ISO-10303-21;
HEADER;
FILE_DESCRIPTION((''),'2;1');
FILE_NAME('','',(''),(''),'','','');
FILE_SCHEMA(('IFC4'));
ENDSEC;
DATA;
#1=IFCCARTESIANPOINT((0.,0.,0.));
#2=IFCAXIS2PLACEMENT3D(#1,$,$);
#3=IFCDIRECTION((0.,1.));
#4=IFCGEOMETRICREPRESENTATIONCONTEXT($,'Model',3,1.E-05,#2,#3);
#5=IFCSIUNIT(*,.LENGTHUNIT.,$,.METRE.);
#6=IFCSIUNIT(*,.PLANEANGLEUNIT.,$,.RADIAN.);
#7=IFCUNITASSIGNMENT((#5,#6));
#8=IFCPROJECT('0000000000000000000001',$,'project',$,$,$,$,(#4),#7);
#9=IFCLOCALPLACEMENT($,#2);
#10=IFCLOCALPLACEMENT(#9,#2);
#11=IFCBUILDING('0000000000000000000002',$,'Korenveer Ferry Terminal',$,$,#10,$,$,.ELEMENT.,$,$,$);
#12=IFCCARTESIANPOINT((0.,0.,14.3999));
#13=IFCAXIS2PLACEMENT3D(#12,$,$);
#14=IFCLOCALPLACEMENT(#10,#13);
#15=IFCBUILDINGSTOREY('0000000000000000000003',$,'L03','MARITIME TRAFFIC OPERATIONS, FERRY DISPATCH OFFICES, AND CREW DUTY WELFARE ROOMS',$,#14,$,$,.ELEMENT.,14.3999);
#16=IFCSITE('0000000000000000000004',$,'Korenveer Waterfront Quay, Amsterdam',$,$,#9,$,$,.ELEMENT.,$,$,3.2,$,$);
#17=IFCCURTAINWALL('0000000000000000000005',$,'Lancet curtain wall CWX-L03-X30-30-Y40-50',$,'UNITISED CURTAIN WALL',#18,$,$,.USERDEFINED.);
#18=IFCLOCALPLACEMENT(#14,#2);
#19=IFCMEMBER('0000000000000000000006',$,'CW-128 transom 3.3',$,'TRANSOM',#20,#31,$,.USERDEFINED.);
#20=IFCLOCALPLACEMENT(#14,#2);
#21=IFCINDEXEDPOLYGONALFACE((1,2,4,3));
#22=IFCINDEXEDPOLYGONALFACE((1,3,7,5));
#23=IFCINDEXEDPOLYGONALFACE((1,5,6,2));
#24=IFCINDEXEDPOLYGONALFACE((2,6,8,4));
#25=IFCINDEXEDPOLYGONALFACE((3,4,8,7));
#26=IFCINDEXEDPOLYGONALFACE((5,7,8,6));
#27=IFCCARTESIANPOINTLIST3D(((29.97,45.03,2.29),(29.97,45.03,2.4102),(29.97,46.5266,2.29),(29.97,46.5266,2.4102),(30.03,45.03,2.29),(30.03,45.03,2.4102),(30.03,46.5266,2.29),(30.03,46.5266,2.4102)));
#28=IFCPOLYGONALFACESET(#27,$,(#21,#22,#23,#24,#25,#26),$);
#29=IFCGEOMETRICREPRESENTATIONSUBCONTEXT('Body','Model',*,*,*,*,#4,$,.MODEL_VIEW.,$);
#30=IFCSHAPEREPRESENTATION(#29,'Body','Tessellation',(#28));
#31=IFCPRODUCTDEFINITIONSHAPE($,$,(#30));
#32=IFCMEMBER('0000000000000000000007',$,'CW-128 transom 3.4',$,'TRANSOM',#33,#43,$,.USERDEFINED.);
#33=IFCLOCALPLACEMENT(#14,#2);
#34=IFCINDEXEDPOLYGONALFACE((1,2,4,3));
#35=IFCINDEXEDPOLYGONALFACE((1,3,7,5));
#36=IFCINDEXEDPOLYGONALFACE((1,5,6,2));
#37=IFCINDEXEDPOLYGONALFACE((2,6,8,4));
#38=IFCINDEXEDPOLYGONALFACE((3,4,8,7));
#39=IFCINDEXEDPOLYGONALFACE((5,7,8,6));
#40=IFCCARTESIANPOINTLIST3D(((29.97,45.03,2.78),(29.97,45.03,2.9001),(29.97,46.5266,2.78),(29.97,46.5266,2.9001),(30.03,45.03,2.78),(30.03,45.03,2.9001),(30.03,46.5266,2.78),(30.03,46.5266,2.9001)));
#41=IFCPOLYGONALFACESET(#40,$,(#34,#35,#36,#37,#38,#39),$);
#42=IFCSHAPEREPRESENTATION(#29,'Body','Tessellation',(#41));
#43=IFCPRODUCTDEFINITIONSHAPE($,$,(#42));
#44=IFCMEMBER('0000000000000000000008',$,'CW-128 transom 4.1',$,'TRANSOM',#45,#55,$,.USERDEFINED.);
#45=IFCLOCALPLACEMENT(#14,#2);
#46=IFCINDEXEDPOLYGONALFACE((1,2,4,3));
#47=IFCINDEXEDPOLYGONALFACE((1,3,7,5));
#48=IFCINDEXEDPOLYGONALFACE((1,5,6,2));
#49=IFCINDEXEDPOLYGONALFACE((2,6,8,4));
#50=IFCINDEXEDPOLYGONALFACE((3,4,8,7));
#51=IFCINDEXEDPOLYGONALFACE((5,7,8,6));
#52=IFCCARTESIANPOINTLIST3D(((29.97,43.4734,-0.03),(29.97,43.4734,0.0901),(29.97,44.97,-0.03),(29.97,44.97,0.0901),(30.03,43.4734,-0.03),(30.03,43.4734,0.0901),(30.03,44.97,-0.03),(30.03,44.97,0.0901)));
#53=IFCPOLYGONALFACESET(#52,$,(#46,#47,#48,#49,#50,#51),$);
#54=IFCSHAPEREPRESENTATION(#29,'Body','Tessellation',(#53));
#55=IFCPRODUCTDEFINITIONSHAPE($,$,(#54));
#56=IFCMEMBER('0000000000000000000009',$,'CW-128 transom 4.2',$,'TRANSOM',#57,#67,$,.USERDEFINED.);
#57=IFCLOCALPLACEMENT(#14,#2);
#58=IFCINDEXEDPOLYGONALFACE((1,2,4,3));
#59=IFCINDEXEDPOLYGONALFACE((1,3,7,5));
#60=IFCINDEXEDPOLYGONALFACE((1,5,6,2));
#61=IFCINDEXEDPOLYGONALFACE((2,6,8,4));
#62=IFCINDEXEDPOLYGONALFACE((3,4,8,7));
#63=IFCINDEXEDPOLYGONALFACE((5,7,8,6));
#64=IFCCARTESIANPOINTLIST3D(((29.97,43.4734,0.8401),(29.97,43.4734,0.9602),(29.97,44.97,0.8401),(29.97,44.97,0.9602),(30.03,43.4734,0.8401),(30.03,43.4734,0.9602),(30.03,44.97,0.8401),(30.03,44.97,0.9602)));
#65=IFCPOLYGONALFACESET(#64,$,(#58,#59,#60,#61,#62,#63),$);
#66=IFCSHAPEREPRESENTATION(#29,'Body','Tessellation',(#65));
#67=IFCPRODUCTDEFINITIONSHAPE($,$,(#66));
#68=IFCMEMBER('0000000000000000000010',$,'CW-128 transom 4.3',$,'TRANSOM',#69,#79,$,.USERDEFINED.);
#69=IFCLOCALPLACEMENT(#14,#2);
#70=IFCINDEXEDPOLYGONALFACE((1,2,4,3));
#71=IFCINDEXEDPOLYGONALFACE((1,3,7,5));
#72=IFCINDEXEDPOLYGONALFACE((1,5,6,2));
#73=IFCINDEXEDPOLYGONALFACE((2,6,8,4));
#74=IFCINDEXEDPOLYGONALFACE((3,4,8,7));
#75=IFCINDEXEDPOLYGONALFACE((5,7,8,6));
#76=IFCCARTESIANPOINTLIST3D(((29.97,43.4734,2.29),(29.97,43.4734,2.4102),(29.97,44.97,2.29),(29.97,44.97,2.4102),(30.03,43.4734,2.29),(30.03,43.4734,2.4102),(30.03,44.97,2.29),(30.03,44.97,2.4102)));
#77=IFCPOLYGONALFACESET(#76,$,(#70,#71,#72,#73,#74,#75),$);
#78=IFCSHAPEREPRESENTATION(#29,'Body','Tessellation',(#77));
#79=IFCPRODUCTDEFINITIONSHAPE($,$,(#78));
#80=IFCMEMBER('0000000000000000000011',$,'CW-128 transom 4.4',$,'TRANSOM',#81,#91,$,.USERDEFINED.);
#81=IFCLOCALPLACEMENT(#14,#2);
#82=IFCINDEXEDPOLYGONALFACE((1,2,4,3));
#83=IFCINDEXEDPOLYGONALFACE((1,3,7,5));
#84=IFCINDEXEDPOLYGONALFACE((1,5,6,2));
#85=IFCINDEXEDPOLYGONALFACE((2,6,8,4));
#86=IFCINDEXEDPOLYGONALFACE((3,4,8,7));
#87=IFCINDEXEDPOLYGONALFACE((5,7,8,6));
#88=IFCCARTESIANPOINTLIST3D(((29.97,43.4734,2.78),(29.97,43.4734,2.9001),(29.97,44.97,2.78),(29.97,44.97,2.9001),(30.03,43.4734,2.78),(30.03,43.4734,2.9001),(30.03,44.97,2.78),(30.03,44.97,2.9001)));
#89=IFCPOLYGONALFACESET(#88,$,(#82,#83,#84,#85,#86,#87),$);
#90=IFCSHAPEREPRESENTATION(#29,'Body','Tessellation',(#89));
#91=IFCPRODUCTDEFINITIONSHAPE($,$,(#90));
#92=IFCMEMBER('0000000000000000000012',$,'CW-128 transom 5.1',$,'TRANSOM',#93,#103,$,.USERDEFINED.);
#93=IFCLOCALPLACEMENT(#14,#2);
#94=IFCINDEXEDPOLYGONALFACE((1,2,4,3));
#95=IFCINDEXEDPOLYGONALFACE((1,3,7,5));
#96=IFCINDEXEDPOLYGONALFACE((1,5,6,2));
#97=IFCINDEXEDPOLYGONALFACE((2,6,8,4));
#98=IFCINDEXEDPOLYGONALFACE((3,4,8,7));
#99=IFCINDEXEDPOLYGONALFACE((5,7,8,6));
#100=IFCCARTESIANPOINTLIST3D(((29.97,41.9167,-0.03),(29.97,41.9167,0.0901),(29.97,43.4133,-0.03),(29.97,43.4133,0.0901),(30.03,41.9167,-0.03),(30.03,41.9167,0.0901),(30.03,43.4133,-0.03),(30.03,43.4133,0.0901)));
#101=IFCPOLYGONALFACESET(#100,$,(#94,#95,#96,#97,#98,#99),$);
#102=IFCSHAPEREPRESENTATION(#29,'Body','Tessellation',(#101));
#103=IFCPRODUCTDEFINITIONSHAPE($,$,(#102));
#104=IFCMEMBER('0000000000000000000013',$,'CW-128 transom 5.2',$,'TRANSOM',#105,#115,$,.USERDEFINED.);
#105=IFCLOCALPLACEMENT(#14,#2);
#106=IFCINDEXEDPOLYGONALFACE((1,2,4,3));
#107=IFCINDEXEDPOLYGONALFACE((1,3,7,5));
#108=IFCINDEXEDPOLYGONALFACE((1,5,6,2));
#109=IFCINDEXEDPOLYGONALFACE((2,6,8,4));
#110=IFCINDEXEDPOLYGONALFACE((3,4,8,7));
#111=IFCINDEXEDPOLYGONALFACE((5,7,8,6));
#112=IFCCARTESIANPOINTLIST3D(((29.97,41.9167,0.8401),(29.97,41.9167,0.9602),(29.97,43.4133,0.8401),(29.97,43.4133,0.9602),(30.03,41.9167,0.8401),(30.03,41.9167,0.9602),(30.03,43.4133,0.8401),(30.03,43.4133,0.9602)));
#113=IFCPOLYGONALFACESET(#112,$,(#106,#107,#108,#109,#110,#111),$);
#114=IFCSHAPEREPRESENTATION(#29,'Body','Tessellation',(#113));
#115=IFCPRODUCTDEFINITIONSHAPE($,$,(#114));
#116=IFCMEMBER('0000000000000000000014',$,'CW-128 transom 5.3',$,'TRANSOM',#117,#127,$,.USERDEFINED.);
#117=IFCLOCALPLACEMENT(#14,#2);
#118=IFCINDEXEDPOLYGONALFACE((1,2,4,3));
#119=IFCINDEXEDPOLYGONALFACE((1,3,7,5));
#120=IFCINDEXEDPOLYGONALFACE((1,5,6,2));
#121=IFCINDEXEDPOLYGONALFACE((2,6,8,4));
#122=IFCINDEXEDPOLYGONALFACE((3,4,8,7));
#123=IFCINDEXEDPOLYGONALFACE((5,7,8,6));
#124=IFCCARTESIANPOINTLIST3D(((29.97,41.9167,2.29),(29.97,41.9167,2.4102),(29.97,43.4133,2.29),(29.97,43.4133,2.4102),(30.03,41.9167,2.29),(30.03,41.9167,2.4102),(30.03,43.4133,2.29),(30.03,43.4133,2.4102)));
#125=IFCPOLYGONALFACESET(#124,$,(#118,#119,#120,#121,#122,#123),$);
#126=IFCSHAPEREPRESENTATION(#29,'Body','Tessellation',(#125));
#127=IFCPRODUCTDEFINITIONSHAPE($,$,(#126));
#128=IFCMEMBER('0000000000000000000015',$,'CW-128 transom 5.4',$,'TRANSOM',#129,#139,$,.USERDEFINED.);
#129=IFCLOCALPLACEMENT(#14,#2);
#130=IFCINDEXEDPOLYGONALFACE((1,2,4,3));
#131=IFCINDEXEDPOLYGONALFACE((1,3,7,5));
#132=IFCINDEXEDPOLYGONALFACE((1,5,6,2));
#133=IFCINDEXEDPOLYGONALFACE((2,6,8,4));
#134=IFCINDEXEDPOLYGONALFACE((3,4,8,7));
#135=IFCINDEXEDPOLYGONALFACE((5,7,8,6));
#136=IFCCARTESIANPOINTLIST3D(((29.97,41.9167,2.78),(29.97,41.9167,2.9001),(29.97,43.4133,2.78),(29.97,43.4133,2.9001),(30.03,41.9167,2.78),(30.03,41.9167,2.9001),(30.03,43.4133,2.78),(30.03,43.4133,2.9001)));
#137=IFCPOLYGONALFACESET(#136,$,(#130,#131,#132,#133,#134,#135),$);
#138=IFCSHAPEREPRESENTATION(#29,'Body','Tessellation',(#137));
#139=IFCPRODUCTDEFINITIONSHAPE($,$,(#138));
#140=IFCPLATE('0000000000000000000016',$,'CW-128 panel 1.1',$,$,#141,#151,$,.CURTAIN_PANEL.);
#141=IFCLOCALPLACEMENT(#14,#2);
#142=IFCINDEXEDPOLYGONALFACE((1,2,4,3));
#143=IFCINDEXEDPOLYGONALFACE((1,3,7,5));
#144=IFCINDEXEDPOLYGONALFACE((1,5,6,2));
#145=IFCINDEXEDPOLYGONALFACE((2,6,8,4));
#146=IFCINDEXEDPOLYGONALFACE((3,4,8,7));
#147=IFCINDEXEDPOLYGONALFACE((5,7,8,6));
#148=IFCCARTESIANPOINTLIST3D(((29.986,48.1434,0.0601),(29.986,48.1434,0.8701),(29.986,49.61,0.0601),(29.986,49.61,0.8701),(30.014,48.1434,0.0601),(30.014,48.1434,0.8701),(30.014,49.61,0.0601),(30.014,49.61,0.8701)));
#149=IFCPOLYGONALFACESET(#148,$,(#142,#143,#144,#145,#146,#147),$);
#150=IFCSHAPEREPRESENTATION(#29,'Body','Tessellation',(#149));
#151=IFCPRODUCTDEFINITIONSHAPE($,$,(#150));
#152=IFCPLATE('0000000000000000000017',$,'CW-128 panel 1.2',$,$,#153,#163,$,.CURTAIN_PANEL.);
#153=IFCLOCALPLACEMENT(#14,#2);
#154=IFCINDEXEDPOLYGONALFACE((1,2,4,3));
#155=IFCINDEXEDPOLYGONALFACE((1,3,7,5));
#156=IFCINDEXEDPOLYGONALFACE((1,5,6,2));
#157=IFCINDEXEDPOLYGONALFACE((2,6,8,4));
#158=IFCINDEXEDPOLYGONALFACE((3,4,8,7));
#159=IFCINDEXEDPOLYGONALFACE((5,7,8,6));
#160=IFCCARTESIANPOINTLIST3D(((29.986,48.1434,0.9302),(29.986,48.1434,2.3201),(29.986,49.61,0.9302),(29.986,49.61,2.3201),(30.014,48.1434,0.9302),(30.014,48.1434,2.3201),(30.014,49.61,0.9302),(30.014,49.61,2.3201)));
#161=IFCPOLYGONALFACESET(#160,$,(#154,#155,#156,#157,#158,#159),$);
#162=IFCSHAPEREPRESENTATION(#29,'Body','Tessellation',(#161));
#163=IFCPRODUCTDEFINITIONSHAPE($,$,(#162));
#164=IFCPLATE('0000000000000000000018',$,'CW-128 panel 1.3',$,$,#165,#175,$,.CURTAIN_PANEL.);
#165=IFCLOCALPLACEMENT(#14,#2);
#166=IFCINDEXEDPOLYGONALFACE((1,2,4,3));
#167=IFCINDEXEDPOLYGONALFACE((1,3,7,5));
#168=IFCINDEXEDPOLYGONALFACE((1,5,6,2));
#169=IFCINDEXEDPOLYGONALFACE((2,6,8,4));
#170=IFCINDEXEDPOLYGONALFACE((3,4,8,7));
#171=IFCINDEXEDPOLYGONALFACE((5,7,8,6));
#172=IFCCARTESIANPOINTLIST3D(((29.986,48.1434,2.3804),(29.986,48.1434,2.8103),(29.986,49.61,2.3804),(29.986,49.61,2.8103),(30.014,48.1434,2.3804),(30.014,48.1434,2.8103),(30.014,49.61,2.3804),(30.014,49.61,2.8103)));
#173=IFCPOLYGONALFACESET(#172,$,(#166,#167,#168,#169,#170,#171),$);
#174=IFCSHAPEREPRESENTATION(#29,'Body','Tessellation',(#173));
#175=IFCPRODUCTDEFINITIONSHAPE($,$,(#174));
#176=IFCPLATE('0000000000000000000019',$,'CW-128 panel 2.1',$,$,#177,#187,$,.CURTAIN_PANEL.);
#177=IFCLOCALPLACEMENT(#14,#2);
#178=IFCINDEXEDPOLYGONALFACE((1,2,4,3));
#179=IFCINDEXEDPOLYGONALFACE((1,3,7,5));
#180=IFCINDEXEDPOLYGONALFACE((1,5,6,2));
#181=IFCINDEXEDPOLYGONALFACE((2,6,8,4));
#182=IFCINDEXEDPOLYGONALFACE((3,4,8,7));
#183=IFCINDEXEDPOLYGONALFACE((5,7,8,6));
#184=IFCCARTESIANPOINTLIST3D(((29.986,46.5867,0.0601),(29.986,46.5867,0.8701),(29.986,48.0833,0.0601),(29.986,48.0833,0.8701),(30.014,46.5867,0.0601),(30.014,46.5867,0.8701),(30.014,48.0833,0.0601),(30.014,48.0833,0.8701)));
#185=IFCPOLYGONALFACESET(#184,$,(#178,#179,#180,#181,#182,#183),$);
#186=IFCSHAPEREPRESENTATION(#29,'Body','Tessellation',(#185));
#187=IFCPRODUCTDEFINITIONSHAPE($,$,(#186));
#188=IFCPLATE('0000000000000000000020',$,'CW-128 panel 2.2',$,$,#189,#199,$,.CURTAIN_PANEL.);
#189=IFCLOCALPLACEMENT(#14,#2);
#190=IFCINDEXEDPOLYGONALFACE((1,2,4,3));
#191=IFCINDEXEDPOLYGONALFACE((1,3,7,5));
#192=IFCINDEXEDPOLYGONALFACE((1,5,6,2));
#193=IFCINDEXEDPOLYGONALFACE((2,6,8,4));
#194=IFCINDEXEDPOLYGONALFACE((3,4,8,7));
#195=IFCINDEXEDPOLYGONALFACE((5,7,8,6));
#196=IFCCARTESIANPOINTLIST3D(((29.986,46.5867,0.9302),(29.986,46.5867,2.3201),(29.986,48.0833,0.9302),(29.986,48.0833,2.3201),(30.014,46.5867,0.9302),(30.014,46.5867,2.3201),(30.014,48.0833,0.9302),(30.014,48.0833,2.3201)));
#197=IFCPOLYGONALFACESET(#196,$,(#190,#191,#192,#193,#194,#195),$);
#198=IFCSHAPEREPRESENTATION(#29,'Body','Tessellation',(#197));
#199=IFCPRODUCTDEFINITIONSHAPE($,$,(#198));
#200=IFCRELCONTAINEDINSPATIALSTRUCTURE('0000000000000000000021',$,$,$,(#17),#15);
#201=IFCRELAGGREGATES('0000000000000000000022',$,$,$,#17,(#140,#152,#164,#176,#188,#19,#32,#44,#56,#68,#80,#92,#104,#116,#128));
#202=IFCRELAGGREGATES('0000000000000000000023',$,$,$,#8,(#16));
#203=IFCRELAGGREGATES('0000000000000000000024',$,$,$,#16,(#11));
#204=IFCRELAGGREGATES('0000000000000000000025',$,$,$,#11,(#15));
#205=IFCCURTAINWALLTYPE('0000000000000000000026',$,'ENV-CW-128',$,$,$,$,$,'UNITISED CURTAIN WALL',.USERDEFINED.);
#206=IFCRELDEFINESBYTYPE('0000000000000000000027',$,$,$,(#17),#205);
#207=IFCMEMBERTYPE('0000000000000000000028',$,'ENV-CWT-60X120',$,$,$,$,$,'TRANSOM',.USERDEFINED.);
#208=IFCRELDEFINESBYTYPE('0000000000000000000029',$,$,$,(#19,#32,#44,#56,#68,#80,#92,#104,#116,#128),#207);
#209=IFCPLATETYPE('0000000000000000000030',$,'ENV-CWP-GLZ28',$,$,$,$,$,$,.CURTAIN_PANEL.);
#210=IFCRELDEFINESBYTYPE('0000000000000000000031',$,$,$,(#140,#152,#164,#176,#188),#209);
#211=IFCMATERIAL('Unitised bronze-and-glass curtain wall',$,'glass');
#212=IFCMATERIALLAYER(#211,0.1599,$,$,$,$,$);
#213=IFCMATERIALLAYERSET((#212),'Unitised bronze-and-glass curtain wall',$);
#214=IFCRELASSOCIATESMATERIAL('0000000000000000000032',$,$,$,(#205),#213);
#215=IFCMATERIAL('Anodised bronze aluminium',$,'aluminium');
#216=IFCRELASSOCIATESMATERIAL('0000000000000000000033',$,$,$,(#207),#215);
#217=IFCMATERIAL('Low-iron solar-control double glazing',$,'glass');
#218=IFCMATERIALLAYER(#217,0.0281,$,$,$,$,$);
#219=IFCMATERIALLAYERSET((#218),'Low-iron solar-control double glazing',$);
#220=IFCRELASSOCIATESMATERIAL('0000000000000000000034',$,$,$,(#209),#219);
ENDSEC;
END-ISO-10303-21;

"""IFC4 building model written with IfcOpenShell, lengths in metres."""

from ifc_helpers import new_model, si_unit, direction, frame, origin, origin_2d, place, context, subcontext, project, spatial, rectangle, extrude, material, layer, layer_set, material_profile, profile_set, type_object, element, aggregate, save


model = new_model("IFC4")

# Units and contexts
model_context = context("Model", 3, precision=1e-05, world=origin(), true_north=direction((0.0, 1.0)))
body_context = subcontext(model_context, "Body", "Model", "MODEL_VIEW")
ifc_project = project(units=[si_unit("LENGTHUNIT", "METRE"), si_unit("PLANEANGLEUNIT", "RADIAN")], contexts=[model_context])

# Site, building, storey
site_placement = place(None, origin())
site = spatial("IfcSite", under=ifc_project, at=site_placement, Name="Korenveer Waterfront Quay, Amsterdam", CompositionType="ELEMENT", RefElevation=3.2)
building_placement = place(site_placement, origin())
building = spatial("IfcBuilding", under=site, at=building_placement, Name="Korenveer Ferry Terminal", CompositionType="ELEMENT")
storey_placement = place(building_placement, frame((0.0, 0.0, 14.3999)))
storey = spatial("IfcBuildingStorey", under=building, at=storey_placement, Name="L03", Description="MARITIME TRAFFIC OPERATIONS, FERRY DISPATCH OFFICES, AND CREW DUTY WELFARE ROOMS", CompositionType="ELEMENT", Elevation=14.3999)

# Curtain wall, members, plates
ifc_material_1 = material(Name="Unitised bronze-and-glass curtain wall", Category="glass")
ifc_layer_1 = layer(ifc_material_1, 0.1599)
ifc_layer_set_1 = layer_set([ifc_layer_1], Name="Unitised bronze-and-glass curtain wall")
curtain_wall_type = type_object("IfcCurtainWallType", Name="ENV-CW-128", ElementType="UNITISED CURTAIN WALL", PredefinedType="USERDEFINED", material=ifc_layer_set_1)
curtain_wall_placement = place(storey_placement, frame((30.0, 49.6699, 0.0)))
curtain_wall = element("IfcCurtainWall", 1, at=curtain_wall_placement, inside=storey, type_object=curtain_wall_type, Name="Lancet curtain wall CWX-L03-X30-30-Y40-50", ObjectType="UNITISED CURTAIN WALL", PredefinedType="USERDEFINED")
ifc_material_2 = material(Name="Anodised bronze aluminium", Category="aluminium")
ifc_material_profile_1 = material_profile(ifc_material_2, rectangle(XDim=0.0601, YDim=0.1201, at=origin_2d()), Name="ALU 60x120")
ifc_profile_set_1 = profile_set([ifc_material_profile_1], Name="Anodised bronze aluminium")
member_type_1 = type_object("IfcMemberType", Name="ENV-CWT-60X120", ElementType="TRANSOM", PredefinedType="USERDEFINED", material=ifc_profile_set_1)
member_1_placement = place(storey_placement, frame((30.0, 46.5266, 2.3501), z_axis=(0.0, -1.0, 0.0), x_axis=(1.0, 0.0, 0.0)))
member_1 = element("IfcMember", 2, at=member_1_placement, type_object=member_type_1, Name="CW-128 transom 3.3", ObjectType="TRANSOM", PredefinedType="USERDEFINED", context=body_context, shape_type="SweptSolid", body=[
    extrude(rectangle(XDim=0.0601, YDim=0.1201, at=origin_2d()), origin(), (0.0, 0.0, 1.0), 1.4966),
])
member_2_placement = place(storey_placement, frame((30.0, 46.5266, 2.8401), z_axis=(0.0, -1.0, 0.0), x_axis=(1.0, 0.0, 0.0)))
member_2 = element("IfcMember", 3, at=member_2_placement, type_object=member_type_1, Name="CW-128 transom 3.4", ObjectType="TRANSOM", PredefinedType="USERDEFINED", context=body_context, shape_type="SweptSolid", body=[
    extrude(rectangle(XDim=0.0601, YDim=0.1201, at=origin_2d()), origin(), (0.0, 0.0, 1.0), 1.4966),
])
member_3_placement = place(storey_placement, frame((30.0, 44.97, 0.03), z_axis=(0.0, -1.0, 0.0), x_axis=(1.0, 0.0, 0.0)))
member_3 = element("IfcMember", 4, at=member_3_placement, type_object=member_type_1, Name="CW-128 transom 4.1", ObjectType="TRANSOM", PredefinedType="USERDEFINED", context=body_context, shape_type="SweptSolid", body=[
    extrude(rectangle(XDim=0.0601, YDim=0.1201, at=origin_2d()), origin(), (0.0, 0.0, 1.0), 1.4966),
])
member_4_placement = place(storey_placement, frame((30.0, 44.97, 0.9001), z_axis=(0.0, -1.0, 0.0), x_axis=(1.0, 0.0, 0.0)))
member_4 = element("IfcMember", 5, at=member_4_placement, type_object=member_type_1, Name="CW-128 transom 4.2", ObjectType="TRANSOM", PredefinedType="USERDEFINED", context=body_context, shape_type="SweptSolid", body=[
    extrude(rectangle(XDim=0.0601, YDim=0.1201, at=origin_2d()), origin(), (0.0, 0.0, 1.0), 1.4966),
])
member_5_placement = place(storey_placement, frame((30.0, 44.97, 2.3501), z_axis=(0.0, -1.0, 0.0), x_axis=(1.0, 0.0, 0.0)))
member_5 = element("IfcMember", 6, at=member_5_placement, type_object=member_type_1, Name="CW-128 transom 4.3", ObjectType="TRANSOM", PredefinedType="USERDEFINED", context=body_context, shape_type="SweptSolid", body=[
    extrude(rectangle(XDim=0.0601, YDim=0.1201, at=origin_2d()), origin(), (0.0, 0.0, 1.0), 1.4966),
])
member_6_placement = place(storey_placement, frame((30.0, 44.97, 2.8401), z_axis=(0.0, -1.0, 0.0), x_axis=(1.0, 0.0, 0.0)))
member_6 = element("IfcMember", 7, at=member_6_placement, type_object=member_type_1, Name="CW-128 transom 4.4", ObjectType="TRANSOM", PredefinedType="USERDEFINED", context=body_context, shape_type="SweptSolid", body=[
    extrude(rectangle(XDim=0.0601, YDim=0.1201, at=origin_2d()), origin(), (0.0, 0.0, 1.0), 1.4966),
])
member_7_placement = place(storey_placement, frame((30.0, 43.4133, 0.03), z_axis=(0.0, -1.0, 0.0), x_axis=(1.0, 0.0, 0.0)))
member_7 = element("IfcMember", 8, at=member_7_placement, type_object=member_type_1, Name="CW-128 transom 5.1", ObjectType="TRANSOM", PredefinedType="USERDEFINED", context=body_context, shape_type="SweptSolid", body=[
    extrude(rectangle(XDim=0.0601, YDim=0.1201, at=origin_2d()), origin(), (0.0, 0.0, 1.0), 1.4966),
])
member_8_placement = place(storey_placement, frame((30.0, 43.4133, 0.9001), z_axis=(0.0, -1.0, 0.0), x_axis=(1.0, 0.0, 0.0)))
member_8 = element("IfcMember", 9, at=member_8_placement, type_object=member_type_1, Name="CW-128 transom 5.2", ObjectType="TRANSOM", PredefinedType="USERDEFINED", context=body_context, shape_type="SweptSolid", body=[
    extrude(rectangle(XDim=0.0601, YDim=0.1201, at=origin_2d()), origin(), (0.0, 0.0, 1.0), 1.4966),
])
member_9_placement = place(storey_placement, frame((30.0, 43.4133, 2.3501), z_axis=(0.0, -1.0, 0.0), x_axis=(1.0, 0.0, 0.0)))
member_9 = element("IfcMember", 10, at=member_9_placement, type_object=member_type_1, Name="CW-128 transom 5.3", ObjectType="TRANSOM", PredefinedType="USERDEFINED", context=body_context, shape_type="SweptSolid", body=[
    extrude(rectangle(XDim=0.0601, YDim=0.1201, at=origin_2d()), origin(), (0.0, 0.0, 1.0), 1.4966),
])
member_10_placement = place(storey_placement, frame((30.0, 43.4133, 2.8401), z_axis=(0.0, -1.0, 0.0), x_axis=(1.0, 0.0, 0.0)))
member_10 = element("IfcMember", 11, at=member_10_placement, type_object=member_type_1, Name="CW-128 transom 5.4", ObjectType="TRANSOM", PredefinedType="USERDEFINED", context=body_context, shape_type="SweptSolid", body=[
    extrude(rectangle(XDim=0.0601, YDim=0.1201, at=origin_2d()), origin(), (0.0, 0.0, 1.0), 1.4966),
])
ifc_material_3 = material(Name="Low-iron solar-control double glazing", Category="glass")
ifc_layer_2 = layer(ifc_material_3, 0.0281)
ifc_layer_set_2 = layer_set([ifc_layer_2], Name="Low-iron solar-control double glazing")
plate_type = type_object("IfcPlateType", Name="ENV-CWP-GLZ28", PredefinedType="CURTAIN_PANEL", material=ifc_layer_set_2)
plate_1_placement = place(storey_placement, frame((30.0, 48.8767, 0.0601), z_axis=(0.0, 0.0, 1.0), x_axis=(0.0, -1.0, 0.0)))
plate_1 = element("IfcPlate", 12, at=plate_1_placement, type_object=plate_type, Name="CW-128 panel 1.1", PredefinedType="CURTAIN_PANEL", context=body_context, shape_type="SweptSolid", body=[
    extrude(rectangle(XDim=1.4666, YDim=0.0281, at=origin_2d()), origin(), (0.0, 0.0, 1.0), 0.8101),
])
plate_2_placement = place(storey_placement, frame((30.0, 48.8767, 0.9302), z_axis=(0.0, 0.0, 1.0), x_axis=(0.0, -1.0, 0.0)))
plate_2 = element("IfcPlate", 13, at=plate_2_placement, type_object=plate_type, Name="CW-128 panel 1.2", PredefinedType="CURTAIN_PANEL", context=body_context, shape_type="SweptSolid", body=[
    extrude(rectangle(XDim=1.4666, YDim=0.0281, at=origin_2d()), origin(), (0.0, 0.0, 1.0), 1.3899),
])
plate_3_placement = place(storey_placement, frame((30.0, 48.8767, 2.3804), z_axis=(0.0, 0.0, 1.0), x_axis=(0.0, -1.0, 0.0)))
plate_3 = element("IfcPlate", 14, at=plate_3_placement, type_object=plate_type, Name="CW-128 panel 1.3", PredefinedType="CURTAIN_PANEL", context=body_context, shape_type="SweptSolid", body=[
    extrude(rectangle(XDim=1.4666, YDim=0.0281, at=origin_2d()), origin(), (0.0, 0.0, 1.0), 0.4299),
])
plate_4_placement = place(storey_placement, frame((30.0, 47.335, 0.0601), z_axis=(0.0, 0.0, 1.0), x_axis=(0.0, -1.0, 0.0)))
plate_4 = element("IfcPlate", 15, at=plate_4_placement, type_object=plate_type, Name="CW-128 panel 2.1", PredefinedType="CURTAIN_PANEL", context=body_context, shape_type="SweptSolid", body=[
    extrude(rectangle(XDim=1.4966, YDim=0.0281, at=origin_2d()), origin(), (0.0, 0.0, 1.0), 0.8101),
])
plate_5_placement = place(storey_placement, frame((30.0, 47.335, 0.9302), z_axis=(0.0, 0.0, 1.0), x_axis=(0.0, -1.0, 0.0)))
plate_5 = element("IfcPlate", 16, at=plate_5_placement, type_object=plate_type, Name="CW-128 panel 2.2", PredefinedType="CURTAIN_PANEL", context=body_context, shape_type="SweptSolid", body=[
    extrude(rectangle(XDim=1.4966, YDim=0.0281, at=origin_2d()), origin(), (0.0, 0.0, 1.0), 1.3899),
])
aggregate(curtain_wall, [plate_1, plate_2, plate_3, plate_4, plate_5, member_1, member_2, member_3, member_4, member_5, member_6, member_7, member_8, member_9, member_10])

save(model, "model.ifc")
